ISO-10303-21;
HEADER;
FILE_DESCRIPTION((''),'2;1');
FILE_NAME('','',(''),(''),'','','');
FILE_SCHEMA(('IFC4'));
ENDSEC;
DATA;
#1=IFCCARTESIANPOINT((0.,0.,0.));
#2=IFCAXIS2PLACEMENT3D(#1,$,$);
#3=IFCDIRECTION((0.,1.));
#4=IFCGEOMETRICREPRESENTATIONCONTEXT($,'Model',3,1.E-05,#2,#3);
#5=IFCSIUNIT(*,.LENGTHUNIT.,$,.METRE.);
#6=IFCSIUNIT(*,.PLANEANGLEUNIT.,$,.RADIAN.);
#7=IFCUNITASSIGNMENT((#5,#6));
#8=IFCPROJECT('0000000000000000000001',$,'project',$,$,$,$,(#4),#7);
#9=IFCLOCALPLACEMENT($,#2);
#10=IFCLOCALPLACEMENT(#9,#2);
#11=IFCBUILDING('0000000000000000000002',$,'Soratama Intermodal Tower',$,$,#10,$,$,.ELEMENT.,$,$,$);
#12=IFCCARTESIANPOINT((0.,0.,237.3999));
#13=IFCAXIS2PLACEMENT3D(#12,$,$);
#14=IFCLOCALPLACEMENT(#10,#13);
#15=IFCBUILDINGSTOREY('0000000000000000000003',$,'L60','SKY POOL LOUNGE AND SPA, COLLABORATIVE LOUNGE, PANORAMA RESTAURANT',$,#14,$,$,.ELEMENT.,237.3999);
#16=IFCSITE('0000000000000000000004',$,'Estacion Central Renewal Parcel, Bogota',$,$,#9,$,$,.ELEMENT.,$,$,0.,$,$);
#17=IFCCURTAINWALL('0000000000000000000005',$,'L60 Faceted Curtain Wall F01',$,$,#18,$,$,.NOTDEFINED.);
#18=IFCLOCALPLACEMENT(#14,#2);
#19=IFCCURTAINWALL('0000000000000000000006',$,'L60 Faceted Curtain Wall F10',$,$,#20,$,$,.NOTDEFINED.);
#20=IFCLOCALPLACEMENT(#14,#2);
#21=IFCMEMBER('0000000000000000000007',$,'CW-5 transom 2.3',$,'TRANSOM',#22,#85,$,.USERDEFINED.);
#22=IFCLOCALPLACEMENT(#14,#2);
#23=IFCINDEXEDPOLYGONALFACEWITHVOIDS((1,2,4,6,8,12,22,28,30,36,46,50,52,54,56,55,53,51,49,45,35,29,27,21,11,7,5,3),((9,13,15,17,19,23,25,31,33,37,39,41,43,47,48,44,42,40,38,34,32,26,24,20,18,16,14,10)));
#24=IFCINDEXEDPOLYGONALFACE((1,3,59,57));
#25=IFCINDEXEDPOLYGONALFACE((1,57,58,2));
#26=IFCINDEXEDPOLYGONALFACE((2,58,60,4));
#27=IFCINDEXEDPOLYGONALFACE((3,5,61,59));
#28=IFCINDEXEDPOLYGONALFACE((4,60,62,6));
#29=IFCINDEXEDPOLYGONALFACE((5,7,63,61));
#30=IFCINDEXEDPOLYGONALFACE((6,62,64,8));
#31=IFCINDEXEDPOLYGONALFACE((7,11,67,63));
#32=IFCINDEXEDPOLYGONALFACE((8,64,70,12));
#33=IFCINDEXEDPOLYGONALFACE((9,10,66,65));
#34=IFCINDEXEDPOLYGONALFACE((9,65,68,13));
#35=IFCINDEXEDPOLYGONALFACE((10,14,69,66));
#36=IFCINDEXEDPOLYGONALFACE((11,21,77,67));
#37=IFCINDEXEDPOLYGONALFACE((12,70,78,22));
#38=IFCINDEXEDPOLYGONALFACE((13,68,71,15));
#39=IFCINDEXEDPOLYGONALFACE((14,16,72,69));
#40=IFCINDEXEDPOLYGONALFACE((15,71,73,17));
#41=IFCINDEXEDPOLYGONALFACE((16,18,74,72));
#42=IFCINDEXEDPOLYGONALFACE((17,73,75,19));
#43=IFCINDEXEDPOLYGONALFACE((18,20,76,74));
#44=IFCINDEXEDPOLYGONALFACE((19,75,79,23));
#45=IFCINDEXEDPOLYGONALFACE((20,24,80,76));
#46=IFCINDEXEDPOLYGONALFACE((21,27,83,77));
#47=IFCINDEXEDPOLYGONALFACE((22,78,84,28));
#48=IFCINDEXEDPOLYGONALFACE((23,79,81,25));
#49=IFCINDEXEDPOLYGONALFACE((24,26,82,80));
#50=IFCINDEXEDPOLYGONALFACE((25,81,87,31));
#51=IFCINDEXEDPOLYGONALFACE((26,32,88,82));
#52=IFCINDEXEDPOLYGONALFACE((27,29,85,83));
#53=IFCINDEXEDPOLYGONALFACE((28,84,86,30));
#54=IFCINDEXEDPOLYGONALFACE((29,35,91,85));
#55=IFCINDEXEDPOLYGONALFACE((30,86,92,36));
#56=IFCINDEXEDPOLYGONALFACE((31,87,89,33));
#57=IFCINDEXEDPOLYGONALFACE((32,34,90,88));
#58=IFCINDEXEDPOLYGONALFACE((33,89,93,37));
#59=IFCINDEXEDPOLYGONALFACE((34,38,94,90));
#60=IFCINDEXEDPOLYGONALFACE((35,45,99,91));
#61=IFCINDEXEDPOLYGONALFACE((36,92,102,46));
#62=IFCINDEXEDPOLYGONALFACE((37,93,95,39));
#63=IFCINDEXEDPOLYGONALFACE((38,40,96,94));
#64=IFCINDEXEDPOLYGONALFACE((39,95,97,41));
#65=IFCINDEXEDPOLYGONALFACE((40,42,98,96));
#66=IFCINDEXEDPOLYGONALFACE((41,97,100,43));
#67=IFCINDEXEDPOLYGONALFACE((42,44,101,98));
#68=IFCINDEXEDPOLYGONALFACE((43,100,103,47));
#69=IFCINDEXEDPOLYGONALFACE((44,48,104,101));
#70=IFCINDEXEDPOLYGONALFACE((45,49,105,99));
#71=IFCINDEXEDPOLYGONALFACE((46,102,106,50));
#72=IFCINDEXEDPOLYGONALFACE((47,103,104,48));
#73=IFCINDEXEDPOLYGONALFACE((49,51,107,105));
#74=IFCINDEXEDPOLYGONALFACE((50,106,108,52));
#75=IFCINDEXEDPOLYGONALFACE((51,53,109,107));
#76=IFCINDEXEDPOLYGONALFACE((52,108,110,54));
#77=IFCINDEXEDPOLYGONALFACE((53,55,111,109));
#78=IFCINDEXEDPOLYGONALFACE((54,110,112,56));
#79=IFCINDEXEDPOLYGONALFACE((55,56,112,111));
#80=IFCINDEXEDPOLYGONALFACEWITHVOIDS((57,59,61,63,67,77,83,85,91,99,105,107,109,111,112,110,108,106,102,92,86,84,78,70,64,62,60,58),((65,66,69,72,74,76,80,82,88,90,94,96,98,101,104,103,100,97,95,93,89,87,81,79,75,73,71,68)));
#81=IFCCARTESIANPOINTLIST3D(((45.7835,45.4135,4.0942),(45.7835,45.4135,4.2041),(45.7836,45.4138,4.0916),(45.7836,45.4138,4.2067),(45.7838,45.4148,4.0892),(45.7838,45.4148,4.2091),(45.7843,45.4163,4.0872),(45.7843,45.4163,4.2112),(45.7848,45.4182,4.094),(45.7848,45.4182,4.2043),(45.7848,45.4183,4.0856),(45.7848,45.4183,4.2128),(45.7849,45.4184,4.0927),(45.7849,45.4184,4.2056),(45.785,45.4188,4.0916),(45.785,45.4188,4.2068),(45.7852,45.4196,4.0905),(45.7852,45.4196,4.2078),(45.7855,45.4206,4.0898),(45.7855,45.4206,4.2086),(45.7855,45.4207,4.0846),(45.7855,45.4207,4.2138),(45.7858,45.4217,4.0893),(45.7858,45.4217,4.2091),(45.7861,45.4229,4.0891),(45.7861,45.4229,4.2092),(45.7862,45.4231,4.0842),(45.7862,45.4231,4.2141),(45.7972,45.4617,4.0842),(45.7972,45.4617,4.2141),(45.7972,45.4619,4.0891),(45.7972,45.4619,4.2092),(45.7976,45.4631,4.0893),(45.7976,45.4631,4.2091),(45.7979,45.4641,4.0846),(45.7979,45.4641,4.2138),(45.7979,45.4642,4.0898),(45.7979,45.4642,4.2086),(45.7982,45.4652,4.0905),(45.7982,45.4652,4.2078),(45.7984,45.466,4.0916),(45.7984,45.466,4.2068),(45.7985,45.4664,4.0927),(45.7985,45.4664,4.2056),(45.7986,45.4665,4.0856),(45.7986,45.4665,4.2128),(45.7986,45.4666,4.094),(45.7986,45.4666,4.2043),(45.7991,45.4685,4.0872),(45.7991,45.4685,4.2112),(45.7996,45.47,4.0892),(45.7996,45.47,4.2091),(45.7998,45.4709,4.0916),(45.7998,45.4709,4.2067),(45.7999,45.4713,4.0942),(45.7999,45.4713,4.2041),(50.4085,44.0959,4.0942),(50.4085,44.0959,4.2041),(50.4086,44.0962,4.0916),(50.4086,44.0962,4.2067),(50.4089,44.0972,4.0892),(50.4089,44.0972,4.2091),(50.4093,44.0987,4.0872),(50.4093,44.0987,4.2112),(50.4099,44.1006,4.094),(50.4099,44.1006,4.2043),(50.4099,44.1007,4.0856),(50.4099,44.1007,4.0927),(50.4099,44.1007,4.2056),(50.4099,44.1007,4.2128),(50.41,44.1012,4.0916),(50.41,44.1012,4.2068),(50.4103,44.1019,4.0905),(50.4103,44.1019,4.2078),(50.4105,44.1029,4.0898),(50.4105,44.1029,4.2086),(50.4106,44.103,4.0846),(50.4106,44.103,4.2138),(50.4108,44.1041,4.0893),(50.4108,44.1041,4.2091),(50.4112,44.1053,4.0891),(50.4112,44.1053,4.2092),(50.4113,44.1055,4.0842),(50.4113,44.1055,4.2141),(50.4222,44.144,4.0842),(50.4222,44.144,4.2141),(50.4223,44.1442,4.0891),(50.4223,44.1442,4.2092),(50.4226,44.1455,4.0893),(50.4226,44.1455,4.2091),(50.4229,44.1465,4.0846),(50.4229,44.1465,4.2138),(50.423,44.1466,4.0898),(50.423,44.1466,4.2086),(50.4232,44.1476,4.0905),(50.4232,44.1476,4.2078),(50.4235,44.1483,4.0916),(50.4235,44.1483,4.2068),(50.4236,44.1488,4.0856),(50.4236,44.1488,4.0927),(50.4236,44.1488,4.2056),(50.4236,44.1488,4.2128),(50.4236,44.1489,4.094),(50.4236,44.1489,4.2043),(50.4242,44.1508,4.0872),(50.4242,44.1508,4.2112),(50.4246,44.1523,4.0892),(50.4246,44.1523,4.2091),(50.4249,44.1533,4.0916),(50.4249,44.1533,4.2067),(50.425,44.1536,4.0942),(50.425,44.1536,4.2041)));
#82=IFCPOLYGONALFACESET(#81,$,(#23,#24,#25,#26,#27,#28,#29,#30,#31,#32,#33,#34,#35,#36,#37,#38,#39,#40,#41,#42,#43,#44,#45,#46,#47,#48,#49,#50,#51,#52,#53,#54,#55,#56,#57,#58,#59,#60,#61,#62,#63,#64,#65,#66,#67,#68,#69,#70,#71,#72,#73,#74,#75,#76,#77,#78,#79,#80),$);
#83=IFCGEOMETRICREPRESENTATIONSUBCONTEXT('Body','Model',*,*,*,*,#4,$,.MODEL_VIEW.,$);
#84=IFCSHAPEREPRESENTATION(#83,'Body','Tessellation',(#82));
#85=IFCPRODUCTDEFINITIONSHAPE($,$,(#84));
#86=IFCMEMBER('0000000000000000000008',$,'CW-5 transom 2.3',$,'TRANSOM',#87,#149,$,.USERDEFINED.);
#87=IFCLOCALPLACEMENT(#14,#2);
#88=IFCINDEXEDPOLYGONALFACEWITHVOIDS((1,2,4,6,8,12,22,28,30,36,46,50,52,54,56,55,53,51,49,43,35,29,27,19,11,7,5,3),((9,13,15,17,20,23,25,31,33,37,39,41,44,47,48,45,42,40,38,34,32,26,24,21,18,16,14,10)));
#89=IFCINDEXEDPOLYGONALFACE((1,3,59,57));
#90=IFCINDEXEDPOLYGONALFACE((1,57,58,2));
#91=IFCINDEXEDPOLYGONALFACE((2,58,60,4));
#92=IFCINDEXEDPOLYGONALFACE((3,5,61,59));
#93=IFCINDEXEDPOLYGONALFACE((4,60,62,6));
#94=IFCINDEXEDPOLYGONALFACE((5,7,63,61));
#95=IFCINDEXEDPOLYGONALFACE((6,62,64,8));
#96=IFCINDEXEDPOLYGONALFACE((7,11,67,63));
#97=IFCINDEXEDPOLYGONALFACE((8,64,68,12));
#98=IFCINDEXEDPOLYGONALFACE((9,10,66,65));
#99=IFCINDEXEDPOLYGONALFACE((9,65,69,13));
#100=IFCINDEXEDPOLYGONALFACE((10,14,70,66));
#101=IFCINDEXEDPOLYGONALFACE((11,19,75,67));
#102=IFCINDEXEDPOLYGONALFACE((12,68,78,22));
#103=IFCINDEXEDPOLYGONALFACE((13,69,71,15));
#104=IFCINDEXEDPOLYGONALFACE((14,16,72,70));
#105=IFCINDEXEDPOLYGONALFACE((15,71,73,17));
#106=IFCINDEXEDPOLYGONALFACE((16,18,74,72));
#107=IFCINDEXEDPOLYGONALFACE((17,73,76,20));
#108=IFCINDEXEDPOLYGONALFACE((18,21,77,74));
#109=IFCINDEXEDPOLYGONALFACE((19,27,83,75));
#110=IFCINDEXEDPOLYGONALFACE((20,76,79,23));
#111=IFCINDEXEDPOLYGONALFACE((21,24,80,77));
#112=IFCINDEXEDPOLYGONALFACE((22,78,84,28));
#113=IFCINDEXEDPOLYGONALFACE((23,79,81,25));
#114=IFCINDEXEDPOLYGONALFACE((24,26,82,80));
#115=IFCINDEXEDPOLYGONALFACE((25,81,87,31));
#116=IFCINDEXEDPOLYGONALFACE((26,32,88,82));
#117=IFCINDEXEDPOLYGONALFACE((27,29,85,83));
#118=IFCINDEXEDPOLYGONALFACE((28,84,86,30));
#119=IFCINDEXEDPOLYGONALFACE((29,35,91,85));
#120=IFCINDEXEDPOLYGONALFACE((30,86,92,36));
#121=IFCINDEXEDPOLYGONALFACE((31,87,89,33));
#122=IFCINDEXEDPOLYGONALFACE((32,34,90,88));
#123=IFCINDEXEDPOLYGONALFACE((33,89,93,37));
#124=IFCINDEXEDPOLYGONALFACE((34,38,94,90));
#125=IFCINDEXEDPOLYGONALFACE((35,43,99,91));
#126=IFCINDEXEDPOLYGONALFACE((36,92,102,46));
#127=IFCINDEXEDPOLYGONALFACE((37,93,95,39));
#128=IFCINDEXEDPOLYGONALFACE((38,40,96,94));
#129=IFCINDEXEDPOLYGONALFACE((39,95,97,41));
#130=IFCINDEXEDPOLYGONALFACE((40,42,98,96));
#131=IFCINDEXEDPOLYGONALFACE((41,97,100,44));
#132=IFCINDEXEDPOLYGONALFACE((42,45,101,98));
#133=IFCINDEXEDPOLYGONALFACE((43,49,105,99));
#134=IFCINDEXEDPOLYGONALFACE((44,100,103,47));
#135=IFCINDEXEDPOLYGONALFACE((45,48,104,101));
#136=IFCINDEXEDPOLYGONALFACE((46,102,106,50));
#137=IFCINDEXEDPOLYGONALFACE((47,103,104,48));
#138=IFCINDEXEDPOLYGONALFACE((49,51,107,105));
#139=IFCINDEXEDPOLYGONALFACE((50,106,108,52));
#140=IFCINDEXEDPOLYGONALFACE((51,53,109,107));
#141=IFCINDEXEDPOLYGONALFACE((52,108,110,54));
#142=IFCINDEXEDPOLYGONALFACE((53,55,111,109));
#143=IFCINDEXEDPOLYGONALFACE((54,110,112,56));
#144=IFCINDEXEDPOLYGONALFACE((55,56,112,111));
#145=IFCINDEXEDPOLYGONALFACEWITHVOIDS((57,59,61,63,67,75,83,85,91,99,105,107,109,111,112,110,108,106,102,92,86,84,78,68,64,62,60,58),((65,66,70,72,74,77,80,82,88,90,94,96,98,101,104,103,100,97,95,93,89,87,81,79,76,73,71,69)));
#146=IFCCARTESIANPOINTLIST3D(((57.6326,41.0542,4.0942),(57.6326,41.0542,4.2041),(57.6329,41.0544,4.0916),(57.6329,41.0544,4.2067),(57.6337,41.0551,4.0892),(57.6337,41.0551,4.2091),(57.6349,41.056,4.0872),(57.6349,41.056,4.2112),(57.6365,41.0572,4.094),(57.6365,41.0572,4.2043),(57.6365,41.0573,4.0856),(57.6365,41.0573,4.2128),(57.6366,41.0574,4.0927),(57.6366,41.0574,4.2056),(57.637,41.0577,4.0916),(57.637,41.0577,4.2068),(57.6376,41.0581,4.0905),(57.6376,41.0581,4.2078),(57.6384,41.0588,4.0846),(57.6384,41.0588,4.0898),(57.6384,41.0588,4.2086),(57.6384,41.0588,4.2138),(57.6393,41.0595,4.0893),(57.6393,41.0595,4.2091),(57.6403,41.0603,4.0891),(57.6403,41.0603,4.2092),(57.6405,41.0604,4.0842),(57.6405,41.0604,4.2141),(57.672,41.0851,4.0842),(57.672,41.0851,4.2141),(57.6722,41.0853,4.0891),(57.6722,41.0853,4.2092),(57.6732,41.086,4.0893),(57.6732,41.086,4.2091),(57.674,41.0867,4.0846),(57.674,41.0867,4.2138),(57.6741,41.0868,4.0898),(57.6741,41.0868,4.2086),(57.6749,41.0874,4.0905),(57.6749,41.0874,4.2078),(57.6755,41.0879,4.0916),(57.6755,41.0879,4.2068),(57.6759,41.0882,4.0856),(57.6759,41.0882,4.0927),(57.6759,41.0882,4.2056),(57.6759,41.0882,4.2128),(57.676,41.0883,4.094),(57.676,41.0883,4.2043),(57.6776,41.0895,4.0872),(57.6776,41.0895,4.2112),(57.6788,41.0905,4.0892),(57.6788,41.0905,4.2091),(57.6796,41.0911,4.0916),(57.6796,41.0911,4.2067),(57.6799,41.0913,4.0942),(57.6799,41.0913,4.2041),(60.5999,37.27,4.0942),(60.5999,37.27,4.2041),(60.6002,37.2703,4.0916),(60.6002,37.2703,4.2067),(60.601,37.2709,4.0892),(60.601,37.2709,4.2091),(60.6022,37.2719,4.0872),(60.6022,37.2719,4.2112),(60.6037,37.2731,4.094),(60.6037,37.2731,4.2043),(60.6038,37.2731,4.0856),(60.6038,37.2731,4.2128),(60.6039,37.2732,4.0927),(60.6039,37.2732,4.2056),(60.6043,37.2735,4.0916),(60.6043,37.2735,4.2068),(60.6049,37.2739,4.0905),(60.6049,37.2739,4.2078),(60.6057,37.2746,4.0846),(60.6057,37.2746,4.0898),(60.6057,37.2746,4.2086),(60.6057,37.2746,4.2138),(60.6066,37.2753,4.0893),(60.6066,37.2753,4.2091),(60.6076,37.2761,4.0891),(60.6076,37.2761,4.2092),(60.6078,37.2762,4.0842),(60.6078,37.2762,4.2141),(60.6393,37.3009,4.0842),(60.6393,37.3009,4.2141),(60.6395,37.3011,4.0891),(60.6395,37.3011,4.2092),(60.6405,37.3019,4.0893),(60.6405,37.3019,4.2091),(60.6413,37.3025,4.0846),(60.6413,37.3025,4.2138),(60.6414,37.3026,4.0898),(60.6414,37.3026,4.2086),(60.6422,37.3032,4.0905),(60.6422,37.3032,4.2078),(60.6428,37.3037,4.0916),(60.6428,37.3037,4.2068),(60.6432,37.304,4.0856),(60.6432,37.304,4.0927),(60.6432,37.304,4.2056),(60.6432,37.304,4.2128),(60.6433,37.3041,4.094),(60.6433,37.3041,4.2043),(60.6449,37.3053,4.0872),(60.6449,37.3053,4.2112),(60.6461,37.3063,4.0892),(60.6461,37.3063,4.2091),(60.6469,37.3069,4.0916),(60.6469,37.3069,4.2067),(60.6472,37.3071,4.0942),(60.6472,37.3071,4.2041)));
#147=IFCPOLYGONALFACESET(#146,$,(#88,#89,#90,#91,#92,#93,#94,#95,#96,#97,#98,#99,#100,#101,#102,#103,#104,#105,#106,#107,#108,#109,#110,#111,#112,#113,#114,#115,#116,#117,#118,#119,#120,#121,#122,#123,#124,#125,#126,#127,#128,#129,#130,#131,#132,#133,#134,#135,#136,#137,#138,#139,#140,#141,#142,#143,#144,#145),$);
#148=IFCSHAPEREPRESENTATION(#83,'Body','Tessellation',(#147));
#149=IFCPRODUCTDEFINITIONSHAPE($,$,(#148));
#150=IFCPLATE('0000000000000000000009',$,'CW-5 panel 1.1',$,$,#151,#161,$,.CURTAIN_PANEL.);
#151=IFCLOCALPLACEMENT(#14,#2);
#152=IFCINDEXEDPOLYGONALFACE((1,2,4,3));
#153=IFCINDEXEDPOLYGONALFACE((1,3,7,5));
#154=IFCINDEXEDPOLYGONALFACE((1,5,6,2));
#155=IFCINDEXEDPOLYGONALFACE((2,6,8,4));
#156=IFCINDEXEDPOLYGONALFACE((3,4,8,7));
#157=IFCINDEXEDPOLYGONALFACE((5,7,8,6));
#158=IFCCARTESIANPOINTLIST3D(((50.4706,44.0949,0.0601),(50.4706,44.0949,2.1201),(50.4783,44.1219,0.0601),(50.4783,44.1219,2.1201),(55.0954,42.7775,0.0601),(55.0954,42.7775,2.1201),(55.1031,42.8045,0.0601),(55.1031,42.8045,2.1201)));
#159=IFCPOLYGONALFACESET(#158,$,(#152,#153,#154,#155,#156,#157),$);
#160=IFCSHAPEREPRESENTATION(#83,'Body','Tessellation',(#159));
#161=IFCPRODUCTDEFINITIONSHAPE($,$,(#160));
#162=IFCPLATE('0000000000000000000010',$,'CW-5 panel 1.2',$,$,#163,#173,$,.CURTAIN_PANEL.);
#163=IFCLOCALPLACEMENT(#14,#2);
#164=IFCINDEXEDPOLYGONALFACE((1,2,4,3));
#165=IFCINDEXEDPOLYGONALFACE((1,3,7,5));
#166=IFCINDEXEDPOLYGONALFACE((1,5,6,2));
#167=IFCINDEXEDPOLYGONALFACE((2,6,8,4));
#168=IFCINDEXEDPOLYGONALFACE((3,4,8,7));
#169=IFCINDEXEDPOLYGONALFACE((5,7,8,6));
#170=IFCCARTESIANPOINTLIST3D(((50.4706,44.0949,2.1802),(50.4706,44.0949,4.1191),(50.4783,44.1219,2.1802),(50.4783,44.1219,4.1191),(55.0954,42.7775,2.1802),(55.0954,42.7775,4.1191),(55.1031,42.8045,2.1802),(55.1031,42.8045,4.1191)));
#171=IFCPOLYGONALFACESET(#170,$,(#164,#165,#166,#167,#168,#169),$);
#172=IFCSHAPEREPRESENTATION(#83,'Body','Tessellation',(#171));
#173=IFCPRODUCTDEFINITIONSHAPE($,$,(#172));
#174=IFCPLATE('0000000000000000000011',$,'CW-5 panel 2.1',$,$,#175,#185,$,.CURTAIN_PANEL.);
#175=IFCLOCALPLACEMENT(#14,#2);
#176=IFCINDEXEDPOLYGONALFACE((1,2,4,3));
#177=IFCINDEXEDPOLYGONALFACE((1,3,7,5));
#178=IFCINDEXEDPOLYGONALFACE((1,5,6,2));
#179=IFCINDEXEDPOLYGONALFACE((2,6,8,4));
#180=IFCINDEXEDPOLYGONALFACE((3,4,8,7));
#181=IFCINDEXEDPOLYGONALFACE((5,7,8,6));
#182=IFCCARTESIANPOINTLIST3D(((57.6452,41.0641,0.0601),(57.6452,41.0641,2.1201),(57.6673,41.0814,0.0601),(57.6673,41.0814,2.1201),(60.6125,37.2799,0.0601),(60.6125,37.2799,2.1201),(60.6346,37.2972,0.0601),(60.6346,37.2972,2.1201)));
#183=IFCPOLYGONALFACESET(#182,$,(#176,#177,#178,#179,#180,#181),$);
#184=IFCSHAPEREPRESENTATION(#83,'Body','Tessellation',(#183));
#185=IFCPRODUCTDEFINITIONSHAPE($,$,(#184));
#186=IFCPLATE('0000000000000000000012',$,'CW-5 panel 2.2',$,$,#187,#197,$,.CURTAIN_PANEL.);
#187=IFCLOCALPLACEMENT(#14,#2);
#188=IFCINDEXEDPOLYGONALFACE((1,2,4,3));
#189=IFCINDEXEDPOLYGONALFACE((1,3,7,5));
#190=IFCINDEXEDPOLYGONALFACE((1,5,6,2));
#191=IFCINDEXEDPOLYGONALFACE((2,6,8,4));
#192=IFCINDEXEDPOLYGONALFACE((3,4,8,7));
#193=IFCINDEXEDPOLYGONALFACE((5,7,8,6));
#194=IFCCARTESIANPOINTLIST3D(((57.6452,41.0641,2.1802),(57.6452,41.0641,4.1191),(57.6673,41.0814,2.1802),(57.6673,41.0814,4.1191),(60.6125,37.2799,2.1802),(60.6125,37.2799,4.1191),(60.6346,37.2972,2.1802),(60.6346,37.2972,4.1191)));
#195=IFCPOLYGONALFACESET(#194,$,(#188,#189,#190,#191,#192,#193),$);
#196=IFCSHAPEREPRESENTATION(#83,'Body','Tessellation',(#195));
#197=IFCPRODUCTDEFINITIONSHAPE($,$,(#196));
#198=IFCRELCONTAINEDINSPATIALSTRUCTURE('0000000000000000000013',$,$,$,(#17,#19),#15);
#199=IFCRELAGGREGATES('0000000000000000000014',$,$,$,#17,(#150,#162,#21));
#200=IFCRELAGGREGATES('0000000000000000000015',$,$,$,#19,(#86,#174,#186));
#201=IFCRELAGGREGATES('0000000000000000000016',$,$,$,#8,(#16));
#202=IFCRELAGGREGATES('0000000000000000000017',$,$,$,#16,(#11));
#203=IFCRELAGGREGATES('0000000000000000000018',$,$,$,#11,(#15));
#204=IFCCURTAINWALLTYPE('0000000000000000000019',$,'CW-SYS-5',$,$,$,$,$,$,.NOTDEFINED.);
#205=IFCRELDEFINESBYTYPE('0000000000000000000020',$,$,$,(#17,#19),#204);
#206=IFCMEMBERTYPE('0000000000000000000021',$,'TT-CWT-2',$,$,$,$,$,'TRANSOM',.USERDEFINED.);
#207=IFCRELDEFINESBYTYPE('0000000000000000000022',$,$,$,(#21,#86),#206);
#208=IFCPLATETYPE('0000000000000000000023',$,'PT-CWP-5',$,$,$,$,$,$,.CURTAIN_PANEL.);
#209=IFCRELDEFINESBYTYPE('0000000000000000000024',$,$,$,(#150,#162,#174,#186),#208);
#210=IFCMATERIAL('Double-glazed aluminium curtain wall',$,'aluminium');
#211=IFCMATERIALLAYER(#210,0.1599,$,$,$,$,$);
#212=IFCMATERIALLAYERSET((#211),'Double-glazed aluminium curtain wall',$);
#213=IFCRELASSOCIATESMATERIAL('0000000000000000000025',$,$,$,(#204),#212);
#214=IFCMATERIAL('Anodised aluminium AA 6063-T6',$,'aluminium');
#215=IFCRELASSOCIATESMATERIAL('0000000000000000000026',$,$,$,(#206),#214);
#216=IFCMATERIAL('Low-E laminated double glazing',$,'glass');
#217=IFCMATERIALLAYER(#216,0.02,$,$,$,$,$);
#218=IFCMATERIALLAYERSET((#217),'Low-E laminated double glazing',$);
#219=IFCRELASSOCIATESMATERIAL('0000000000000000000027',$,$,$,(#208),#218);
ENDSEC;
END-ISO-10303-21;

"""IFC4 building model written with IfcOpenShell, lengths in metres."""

from ifc_helpers import new_model, si_unit, direction, frame, origin, origin_2d, place, context, subcontext, project, spatial, rectangle, hollow_rectangle, extrude, material, layer, layer_set, material_profile, profile_set, type_object, element, aggregate, save


model = new_model("IFC4")

# Units and contexts
model_context = context("Model", 3, precision=1e-05, world=origin(), true_north=direction((0.0, 1.0)))
body_context = subcontext(model_context, "Body", "Model", "MODEL_VIEW")
ifc_project = project(units=[si_unit("LENGTHUNIT", "METRE"), si_unit("PLANEANGLEUNIT", "RADIAN")], contexts=[model_context])

# Site, building, storey
site_placement = place(None, origin())
site = spatial("IfcSite", under=ifc_project, at=site_placement, Name="Estacion Central Renewal Parcel, Bogota", CompositionType="ELEMENT", RefElevation=0.0)
building_placement = place(site_placement, origin())
building = spatial("IfcBuilding", under=site, at=building_placement, Name="Soratama Intermodal Tower", CompositionType="ELEMENT")
storey_placement = place(building_placement, frame((0.0, 0.0, 237.3999)))
storey = spatial("IfcBuildingStorey", under=building, at=storey_placement, Name="L60", Description="SKY POOL LOUNGE AND SPA, COLLABORATIVE LOUNGE, PANORAMA RESTAURANT", CompositionType="ELEMENT", Elevation=237.3999)

# Curtain wall
ifc_material_1 = material(Name="Double-glazed aluminium curtain wall", Category="aluminium")
ifc_layer_1 = layer(ifc_material_1, 0.1599)
ifc_layer_set_1 = layer_set([ifc_layer_1], Name="Double-glazed aluminium curtain wall")
curtain_wall_type = type_object("IfcCurtainWallType", Name="CW-SYS-5", PredefinedType="NOTDEFINED", material=ifc_layer_set_1)
curtain_wall_1_placement = place(storey_placement, origin())
curtain_wall_1 = element("IfcCurtainWall", 1, at=curtain_wall_1_placement, inside=storey, type_object=curtain_wall_type, Name="L60 Faceted Curtain Wall F01", PredefinedType="NOTDEFINED")

# Curtain wall
curtain_wall_2_placement = place(storey_placement, origin())
curtain_wall_2 = element("IfcCurtainWall", 2, at=curtain_wall_2_placement, inside=storey, type_object=curtain_wall_type, Name="L60 Faceted Curtain Wall F10", PredefinedType="NOTDEFINED")

# Members
ifc_material_2 = material(Name="Anodised aluminium AA 6063-T6", Category="aluminium")
ifc_material_profile_1 = material_profile(ifc_material_2, hollow_rectangle(XDim=0.0601, YDim=0.1299, WallThickness=0.0049, InnerFilletRadius=0.0049, OuterFilletRadius=0.01, at=origin_2d()), Name="CWT130X60X5")
ifc_profile_set_1 = profile_set([ifc_material_profile_1], Name="Anodised aluminium AA 6063-T6")
member_type_1 = type_object("IfcMemberType", Name="TT-CWT-2", ElementType="TRANSOM", PredefinedType="USERDEFINED", material=ifc_profile_set_1)
member_1_placement = place(storey_placement, frame((50.4167, 44.1248, 4.1492), z_axis=(-0.961732, 0.27399, 0.0), x_axis=(-0.27399, -0.961732, 0.0)))
member_1 = element("IfcMember", 3, at=member_1_placement, type_object=member_type_1, Name="CW-5 transom 2.3", ObjectType="TRANSOM", PredefinedType="USERDEFINED", context=body_context, shape_type="SweptSolid", body=[
    extrude(hollow_rectangle(XDim=0.0601, YDim=0.1299, WallThickness=0.0049, InnerFilletRadius=0.0049, OuterFilletRadius=0.01, at=origin_2d()), origin(), (0.0, 0.0, 1.0), 4.8091),
])
member_2_placement = place(storey_placement, frame((60.6235, 37.2886, 4.1492), z_axis=(-0.61705, 0.786924, 0.0), x_axis=(-0.786924, -0.61705, 0.0)))
member_2 = element("IfcMember", 4, at=member_2_placement, type_object=member_type_1, Name="CW-5 transom 2.3", ObjectType="TRANSOM", PredefinedType="USERDEFINED", context=body_context, shape_type="SweptSolid", body=[
    extrude(hollow_rectangle(XDim=0.0601, YDim=0.1299, WallThickness=0.0049, InnerFilletRadius=0.0049, OuterFilletRadius=0.01, at=origin_2d()), origin(), (0.0, 0.0, 1.0), 4.8088),
])

# Plates
ifc_material_3 = material(Name="Low-E laminated double glazing", Category="glass")
ifc_layer_2 = layer(ifc_material_3, 0.02)
ifc_layer_set_2 = layer_set([ifc_layer_2], Name="Low-E laminated double glazing")
plate_type = type_object("IfcPlateType", Name="PT-CWP-5", PredefinedType="CURTAIN_PANEL", material=ifc_layer_set_2)
plate_1_placement = place(storey_placement, frame((52.7869, 43.4497, 0.0601), z_axis=(0.0, 0.0, 1.0), x_axis=(-0.96174, 0.273963, 0.0)))
plate_1 = element("IfcPlate", 5, at=plate_1_placement, type_object=plate_type, Name="CW-5 panel 1.1", PredefinedType="CURTAIN_PANEL", context=body_context, shape_type="SweptSolid", body=[
    extrude(rectangle(XDim=4.8088, YDim=0.0281, at=origin_2d()), origin(), (0.0, 0.0, 1.0), 2.0601),
])
plate_2_placement = place(storey_placement, frame((52.7869, 43.4497, 2.1802), z_axis=(0.0, 0.0, 1.0), x_axis=(-0.96174, 0.273963, 0.0)))
plate_2 = element("IfcPlate", 6, at=plate_2_placement, type_object=plate_type, Name="CW-5 panel 1.2", PredefinedType="CURTAIN_PANEL", context=body_context, shape_type="SweptSolid", body=[
    extrude(rectangle(XDim=4.8088, YDim=0.0281, at=origin_2d()), origin(), (0.0, 0.0, 1.0), 1.939),
])
aggregate(curtain_wall_1, [plate_1, plate_2, member_1])
plate_3_placement = place(storey_placement, frame((59.1399, 39.1807, 0.0601), z_axis=(0.0, 0.0, 1.0), x_axis=(-0.617036, 0.786935, 0.0)))
plate_3 = element("IfcPlate", 7, at=plate_3_placement, type_object=plate_type, Name="CW-5 panel 2.1", PredefinedType="CURTAIN_PANEL", context=body_context, shape_type="SweptSolid", body=[
    extrude(rectangle(XDim=4.8088, YDim=0.0281, at=origin_2d()), origin(), (0.0, 0.0, 1.0), 2.0601),
])
plate_4_placement = place(storey_placement, frame((59.1399, 39.1807, 2.1802), z_axis=(0.0, 0.0, 1.0), x_axis=(-0.617036, 0.786935, 0.0)))
plate_4 = element("IfcPlate", 8, at=plate_4_placement, type_object=plate_type, Name="CW-5 panel 2.2", PredefinedType="CURTAIN_PANEL", context=body_context, shape_type="SweptSolid", body=[
    extrude(rectangle(XDim=4.8088, YDim=0.0281, at=origin_2d()), origin(), (0.0, 0.0, 1.0), 1.939),
])
aggregate(curtain_wall_2, [member_2, plate_3, plate_4])

save(model, "model.ifc")
